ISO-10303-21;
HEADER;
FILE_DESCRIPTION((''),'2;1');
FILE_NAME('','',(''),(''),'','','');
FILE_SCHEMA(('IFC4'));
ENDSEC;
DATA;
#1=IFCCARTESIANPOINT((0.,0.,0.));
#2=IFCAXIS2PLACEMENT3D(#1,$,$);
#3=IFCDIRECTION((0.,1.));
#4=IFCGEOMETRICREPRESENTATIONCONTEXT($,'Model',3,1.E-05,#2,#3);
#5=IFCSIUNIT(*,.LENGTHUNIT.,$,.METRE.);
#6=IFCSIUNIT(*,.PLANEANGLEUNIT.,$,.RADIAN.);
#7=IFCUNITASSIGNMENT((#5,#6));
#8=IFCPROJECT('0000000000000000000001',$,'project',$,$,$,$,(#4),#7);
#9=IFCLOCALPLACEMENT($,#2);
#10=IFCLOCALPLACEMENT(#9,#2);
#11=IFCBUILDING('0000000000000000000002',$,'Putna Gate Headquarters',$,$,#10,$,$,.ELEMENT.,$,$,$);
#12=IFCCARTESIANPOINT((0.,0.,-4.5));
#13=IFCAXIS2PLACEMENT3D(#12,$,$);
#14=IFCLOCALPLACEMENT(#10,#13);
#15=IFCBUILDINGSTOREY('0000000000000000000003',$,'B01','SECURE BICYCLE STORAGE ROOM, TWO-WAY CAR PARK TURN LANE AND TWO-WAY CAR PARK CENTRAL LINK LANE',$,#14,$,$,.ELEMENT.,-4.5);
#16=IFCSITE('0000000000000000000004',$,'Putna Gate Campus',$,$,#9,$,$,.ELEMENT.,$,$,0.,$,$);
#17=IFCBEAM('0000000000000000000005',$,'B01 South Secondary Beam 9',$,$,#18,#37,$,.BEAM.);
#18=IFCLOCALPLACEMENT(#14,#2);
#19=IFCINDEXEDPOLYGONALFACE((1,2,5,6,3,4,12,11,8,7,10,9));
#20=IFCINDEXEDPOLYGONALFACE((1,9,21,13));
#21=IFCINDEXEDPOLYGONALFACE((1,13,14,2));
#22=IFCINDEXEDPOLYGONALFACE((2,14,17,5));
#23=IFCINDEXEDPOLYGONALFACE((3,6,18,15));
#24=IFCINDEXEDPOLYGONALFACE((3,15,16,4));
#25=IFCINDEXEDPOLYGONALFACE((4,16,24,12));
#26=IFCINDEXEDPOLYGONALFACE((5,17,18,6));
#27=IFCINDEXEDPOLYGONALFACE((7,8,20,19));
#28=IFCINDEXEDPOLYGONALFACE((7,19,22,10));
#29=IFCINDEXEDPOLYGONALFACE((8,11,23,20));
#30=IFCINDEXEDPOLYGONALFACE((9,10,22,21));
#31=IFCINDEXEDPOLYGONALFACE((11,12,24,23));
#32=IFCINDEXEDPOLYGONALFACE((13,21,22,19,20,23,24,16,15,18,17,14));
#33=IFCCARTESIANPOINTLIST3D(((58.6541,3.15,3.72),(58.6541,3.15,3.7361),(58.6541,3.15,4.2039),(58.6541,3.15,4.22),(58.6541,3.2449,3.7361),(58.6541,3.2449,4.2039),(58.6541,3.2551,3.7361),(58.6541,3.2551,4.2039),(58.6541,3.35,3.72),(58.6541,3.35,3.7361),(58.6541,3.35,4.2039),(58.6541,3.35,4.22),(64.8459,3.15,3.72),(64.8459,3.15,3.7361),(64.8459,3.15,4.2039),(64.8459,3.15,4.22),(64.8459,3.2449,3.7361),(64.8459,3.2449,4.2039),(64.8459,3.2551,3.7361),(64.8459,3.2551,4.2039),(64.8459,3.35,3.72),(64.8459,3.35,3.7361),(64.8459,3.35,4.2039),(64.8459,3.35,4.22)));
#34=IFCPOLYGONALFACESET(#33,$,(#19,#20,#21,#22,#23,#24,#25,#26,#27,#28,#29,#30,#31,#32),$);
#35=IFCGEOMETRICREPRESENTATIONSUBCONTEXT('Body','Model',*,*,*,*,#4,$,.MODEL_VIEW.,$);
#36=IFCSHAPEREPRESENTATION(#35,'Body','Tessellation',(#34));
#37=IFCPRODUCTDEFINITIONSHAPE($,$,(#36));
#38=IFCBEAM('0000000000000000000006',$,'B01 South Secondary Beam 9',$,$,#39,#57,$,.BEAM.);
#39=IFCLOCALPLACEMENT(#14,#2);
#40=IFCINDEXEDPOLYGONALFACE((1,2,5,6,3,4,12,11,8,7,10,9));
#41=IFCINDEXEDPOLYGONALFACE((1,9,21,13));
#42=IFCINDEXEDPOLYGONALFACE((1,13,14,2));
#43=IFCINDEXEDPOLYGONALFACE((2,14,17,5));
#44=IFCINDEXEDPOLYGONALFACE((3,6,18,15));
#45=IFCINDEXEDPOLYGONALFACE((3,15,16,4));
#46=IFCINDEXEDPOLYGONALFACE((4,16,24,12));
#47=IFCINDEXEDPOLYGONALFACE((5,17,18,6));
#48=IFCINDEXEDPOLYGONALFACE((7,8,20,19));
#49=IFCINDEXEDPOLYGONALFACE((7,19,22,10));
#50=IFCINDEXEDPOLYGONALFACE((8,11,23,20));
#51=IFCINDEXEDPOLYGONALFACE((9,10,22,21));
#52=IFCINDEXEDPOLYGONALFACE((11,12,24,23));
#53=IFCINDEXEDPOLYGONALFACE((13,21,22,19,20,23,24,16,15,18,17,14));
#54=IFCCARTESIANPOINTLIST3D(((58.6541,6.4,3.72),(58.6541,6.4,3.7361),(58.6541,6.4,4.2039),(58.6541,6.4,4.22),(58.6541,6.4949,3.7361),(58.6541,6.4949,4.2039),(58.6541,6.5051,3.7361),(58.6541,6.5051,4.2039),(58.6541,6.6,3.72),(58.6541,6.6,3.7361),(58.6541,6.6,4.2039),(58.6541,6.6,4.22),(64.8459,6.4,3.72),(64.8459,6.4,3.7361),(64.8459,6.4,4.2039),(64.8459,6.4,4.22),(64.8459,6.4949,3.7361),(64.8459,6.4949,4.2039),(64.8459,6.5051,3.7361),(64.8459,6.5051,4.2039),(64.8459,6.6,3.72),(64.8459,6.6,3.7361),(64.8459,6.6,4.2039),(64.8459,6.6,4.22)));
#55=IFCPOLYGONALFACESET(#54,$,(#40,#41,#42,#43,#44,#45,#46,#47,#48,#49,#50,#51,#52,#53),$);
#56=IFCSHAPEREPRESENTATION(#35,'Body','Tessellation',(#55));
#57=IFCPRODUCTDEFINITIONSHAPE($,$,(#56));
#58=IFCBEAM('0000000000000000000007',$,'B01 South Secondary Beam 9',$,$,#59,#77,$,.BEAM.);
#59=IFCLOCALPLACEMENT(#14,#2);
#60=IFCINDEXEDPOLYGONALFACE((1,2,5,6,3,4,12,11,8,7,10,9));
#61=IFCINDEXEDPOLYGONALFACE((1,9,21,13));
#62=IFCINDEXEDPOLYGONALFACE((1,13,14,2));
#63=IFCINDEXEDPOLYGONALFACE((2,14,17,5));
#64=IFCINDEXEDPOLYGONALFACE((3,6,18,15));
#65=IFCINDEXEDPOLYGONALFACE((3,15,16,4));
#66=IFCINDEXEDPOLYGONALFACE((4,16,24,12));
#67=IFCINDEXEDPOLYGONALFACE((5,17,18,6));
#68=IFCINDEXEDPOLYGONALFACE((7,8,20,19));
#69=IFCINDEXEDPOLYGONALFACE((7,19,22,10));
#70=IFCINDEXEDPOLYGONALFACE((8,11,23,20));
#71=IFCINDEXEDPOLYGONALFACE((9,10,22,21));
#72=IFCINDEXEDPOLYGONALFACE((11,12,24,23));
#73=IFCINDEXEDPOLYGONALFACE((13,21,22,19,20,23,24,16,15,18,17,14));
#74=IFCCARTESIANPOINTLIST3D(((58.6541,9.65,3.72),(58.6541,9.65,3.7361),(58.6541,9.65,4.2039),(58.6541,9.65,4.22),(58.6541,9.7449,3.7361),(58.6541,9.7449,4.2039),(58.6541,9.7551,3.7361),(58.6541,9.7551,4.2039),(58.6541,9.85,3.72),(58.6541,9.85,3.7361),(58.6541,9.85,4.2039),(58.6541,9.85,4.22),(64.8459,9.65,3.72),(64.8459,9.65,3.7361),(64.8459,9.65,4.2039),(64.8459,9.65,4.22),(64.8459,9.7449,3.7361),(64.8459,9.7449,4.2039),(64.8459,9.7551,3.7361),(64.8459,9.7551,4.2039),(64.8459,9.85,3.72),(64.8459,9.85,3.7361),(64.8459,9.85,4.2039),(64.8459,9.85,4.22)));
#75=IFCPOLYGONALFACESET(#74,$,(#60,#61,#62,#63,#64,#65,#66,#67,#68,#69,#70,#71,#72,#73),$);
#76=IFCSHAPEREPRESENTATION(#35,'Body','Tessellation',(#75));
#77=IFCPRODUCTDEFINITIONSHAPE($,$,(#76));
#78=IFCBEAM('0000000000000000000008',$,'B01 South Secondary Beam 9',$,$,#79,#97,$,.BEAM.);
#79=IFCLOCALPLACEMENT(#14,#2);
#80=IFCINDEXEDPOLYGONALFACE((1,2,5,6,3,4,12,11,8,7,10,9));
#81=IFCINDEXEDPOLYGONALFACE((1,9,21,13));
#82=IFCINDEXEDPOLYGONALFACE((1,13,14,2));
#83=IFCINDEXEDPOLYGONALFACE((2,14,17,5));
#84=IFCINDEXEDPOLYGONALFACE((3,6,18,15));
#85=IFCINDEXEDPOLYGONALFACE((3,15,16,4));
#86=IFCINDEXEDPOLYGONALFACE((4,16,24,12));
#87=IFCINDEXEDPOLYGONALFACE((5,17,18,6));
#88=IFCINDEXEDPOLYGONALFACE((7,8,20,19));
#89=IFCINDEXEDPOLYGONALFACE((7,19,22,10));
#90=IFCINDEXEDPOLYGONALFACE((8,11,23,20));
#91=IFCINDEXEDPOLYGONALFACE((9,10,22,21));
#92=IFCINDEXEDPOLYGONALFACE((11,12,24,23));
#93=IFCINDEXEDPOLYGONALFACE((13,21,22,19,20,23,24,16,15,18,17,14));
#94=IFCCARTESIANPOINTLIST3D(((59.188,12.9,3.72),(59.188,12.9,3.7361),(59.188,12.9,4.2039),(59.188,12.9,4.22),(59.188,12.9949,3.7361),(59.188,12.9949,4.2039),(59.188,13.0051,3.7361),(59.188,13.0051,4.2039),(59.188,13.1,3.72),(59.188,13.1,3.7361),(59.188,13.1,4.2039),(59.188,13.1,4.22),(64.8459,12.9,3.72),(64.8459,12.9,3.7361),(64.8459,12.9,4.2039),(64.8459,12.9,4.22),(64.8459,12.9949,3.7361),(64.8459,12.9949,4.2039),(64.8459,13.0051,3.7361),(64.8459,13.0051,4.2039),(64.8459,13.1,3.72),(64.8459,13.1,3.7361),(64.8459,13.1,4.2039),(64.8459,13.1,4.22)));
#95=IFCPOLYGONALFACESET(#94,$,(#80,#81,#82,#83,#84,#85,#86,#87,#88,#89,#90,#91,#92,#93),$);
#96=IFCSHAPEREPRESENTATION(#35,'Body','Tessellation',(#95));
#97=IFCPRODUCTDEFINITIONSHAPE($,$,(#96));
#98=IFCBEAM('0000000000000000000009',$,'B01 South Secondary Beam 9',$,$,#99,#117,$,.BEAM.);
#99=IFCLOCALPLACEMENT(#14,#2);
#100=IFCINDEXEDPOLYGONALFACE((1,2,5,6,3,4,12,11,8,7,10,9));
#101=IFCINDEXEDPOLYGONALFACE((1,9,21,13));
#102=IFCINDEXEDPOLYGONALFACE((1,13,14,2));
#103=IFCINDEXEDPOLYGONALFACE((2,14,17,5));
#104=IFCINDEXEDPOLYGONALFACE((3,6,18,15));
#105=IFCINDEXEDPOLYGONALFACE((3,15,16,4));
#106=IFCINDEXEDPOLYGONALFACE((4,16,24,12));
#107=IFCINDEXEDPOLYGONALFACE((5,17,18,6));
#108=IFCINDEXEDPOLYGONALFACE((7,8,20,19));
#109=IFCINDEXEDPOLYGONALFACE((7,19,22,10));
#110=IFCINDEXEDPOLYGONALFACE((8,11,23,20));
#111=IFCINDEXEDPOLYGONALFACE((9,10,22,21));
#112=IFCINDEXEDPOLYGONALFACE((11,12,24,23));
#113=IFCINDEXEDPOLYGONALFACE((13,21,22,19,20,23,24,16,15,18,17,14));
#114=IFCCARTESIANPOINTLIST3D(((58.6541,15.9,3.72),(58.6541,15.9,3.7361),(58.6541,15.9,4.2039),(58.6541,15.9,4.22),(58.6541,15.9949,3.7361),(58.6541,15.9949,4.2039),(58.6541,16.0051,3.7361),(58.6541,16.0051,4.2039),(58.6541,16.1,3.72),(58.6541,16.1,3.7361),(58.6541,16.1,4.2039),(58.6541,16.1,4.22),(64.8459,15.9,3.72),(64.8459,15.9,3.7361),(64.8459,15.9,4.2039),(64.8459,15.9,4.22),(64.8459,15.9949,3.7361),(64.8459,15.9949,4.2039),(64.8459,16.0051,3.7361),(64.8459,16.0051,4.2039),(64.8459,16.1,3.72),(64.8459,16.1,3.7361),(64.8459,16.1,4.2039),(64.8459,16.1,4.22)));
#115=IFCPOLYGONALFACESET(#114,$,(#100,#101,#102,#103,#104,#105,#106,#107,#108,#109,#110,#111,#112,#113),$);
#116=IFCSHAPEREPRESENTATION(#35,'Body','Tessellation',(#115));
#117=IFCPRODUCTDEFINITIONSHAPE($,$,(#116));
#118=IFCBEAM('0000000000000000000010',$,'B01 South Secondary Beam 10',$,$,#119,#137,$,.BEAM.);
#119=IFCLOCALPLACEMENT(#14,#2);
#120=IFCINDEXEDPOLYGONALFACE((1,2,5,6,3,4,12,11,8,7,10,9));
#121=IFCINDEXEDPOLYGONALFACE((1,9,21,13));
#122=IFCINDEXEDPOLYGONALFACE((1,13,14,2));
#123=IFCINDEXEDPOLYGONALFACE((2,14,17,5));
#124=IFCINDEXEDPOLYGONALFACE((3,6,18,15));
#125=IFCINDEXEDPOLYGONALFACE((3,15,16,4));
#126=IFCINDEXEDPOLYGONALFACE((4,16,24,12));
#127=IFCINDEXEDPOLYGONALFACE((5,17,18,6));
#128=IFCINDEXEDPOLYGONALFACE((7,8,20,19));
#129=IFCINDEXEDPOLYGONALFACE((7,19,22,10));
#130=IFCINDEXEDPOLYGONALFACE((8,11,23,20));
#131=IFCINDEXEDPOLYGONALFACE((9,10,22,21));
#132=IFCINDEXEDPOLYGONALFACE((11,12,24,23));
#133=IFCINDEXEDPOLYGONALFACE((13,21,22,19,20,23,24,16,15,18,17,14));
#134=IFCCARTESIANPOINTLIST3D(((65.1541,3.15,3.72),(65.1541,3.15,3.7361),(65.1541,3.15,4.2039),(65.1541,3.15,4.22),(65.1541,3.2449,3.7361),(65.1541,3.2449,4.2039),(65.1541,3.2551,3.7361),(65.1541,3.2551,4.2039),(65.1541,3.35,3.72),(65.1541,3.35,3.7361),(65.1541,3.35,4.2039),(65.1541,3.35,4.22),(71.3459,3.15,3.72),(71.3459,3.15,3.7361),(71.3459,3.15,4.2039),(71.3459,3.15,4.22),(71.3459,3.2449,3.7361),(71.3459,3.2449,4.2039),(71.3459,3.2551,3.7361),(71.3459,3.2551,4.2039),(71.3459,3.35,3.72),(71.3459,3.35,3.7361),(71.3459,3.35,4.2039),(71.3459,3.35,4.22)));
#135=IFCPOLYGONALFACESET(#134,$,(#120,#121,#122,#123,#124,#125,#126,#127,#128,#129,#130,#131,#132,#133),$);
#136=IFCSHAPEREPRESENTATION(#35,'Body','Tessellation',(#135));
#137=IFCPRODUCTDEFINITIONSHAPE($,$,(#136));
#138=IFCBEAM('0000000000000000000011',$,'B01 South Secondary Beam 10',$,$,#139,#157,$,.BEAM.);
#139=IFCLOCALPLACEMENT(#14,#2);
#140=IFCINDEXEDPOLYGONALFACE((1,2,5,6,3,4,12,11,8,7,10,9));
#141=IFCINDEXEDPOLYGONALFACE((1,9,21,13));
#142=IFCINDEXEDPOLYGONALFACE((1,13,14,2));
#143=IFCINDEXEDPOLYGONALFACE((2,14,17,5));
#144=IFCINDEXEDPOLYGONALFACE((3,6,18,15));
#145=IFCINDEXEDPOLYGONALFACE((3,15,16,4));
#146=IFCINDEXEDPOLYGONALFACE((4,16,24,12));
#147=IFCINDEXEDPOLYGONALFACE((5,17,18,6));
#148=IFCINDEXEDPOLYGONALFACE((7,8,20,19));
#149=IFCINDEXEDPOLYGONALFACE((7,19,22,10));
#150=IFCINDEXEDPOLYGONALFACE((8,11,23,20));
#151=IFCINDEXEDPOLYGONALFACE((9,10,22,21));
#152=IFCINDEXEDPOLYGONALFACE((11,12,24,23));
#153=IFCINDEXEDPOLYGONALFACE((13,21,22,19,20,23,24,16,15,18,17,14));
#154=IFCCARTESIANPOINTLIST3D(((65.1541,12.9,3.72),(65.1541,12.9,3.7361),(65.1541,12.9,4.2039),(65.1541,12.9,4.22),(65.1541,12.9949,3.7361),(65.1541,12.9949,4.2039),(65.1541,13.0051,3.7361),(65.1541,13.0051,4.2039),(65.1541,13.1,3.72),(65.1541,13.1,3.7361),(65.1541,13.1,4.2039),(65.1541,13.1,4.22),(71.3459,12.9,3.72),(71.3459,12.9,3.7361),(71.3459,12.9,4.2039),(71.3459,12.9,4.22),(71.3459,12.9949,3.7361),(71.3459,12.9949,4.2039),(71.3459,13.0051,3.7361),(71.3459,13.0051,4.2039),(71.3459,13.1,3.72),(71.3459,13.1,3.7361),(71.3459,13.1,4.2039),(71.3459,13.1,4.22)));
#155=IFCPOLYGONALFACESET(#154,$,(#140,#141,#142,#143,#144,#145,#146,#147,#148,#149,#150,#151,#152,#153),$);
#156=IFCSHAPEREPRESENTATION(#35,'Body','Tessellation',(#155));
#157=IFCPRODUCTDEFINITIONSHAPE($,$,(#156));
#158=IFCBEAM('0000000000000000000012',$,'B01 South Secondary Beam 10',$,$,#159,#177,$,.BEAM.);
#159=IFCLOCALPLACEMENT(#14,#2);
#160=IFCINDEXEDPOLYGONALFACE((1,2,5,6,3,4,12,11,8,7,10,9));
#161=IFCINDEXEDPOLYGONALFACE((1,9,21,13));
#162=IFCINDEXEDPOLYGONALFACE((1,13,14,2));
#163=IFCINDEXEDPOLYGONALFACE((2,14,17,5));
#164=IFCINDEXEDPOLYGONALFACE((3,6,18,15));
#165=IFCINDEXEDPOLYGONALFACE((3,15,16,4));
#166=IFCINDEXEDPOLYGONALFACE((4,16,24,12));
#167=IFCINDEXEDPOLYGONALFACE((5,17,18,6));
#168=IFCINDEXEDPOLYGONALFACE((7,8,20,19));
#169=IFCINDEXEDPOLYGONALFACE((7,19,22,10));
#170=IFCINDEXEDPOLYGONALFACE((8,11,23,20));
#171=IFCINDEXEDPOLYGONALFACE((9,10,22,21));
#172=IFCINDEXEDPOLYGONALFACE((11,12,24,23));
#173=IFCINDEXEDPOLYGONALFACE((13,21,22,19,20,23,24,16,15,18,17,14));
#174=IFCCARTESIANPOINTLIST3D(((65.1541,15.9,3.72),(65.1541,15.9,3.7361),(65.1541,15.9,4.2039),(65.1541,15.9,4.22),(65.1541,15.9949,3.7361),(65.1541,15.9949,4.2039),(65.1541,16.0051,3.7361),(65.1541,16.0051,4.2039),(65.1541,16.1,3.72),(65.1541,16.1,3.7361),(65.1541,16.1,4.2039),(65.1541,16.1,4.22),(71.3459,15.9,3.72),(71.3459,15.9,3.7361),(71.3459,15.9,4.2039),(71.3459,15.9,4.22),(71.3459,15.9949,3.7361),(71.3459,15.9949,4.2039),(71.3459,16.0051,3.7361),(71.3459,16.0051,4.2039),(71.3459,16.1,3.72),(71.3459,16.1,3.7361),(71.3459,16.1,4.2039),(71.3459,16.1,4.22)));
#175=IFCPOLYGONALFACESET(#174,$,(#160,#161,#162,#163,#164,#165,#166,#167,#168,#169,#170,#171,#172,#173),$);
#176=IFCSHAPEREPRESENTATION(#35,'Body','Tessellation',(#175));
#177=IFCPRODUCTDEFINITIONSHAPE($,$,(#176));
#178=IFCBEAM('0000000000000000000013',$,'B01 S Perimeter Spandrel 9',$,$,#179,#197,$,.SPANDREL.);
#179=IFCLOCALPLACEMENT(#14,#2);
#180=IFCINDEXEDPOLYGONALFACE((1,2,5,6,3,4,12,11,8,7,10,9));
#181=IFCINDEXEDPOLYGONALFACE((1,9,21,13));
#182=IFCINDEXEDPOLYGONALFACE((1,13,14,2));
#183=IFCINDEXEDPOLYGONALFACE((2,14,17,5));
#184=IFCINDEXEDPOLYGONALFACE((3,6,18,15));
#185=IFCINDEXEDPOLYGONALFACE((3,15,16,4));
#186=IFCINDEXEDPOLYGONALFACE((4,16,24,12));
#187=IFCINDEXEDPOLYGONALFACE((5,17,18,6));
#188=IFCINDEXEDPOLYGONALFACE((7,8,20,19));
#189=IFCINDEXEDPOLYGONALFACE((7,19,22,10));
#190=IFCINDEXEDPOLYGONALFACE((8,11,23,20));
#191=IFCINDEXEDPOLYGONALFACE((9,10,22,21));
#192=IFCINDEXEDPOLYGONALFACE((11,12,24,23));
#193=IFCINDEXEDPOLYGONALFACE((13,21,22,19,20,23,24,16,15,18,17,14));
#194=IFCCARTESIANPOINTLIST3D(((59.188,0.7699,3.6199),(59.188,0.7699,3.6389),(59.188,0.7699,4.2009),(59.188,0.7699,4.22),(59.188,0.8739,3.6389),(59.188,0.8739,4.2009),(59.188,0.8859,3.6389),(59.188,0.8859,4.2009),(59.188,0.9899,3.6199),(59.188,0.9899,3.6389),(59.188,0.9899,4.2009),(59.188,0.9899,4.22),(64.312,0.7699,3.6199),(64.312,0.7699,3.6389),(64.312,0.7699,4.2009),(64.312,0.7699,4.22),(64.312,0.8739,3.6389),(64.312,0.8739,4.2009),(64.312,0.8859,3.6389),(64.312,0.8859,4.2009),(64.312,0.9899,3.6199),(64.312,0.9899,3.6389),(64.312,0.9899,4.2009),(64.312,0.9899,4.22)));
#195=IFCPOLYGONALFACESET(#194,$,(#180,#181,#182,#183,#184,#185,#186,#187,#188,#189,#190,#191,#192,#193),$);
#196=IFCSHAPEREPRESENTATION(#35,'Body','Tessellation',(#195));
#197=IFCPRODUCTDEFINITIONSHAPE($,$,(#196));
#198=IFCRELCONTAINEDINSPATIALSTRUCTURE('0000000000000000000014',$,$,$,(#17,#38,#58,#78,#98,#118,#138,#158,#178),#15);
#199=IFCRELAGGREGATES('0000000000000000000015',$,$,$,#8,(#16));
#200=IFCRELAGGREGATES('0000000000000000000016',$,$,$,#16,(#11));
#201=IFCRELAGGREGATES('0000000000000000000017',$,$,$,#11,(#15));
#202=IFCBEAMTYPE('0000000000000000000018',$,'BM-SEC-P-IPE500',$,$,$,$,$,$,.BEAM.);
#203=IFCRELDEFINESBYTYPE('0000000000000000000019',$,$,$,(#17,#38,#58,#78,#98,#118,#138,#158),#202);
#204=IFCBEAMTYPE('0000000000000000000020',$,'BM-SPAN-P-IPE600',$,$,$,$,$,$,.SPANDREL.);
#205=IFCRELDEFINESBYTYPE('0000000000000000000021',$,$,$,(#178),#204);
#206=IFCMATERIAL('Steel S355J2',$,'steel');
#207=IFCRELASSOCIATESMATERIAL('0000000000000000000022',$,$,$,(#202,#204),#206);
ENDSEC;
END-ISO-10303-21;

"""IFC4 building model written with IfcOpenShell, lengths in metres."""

from ifc_helpers import new_model, si_unit, direction, frame, origin, origin_2d, place, context, subcontext, project, spatial, i_section, extrude, material, material_profile, profile_set, type_object, element, save


model = new_model("IFC4")

# Units and contexts
model_context = context("Model", 3, precision=1e-05, world=origin(), true_north=direction((0.0, 1.0)))
body_context = subcontext(model_context, "Body", "Model", "MODEL_VIEW")
ifc_project = project(units=[si_unit("LENGTHUNIT", "METRE"), si_unit("PLANEANGLEUNIT", "RADIAN")], contexts=[model_context])

# Site, building, storey
site_placement = place(None, origin())
site = spatial("IfcSite", under=ifc_project, at=site_placement, Name="Putna Gate Campus", CompositionType="ELEMENT", RefElevation=0.0)
building_placement = place(site_placement, origin())
building = spatial("IfcBuilding", under=site, at=building_placement, Name="Putna Gate Headquarters", CompositionType="ELEMENT")
storey_placement = place(building_placement, frame((0.0, 0.0, -4.5)))
storey = spatial("IfcBuildingStorey", under=building, at=storey_placement, Name="B01", Description="SECURE BICYCLE STORAGE ROOM, TWO-WAY CAR PARK TURN LANE AND TWO-WAY CAR PARK CENTRAL LINK LANE", CompositionType="ELEMENT", Elevation=-4.5)

# Beams
ifc_material_1 = material(Name="Steel S355J2", Category="steel")
ifc_material_profile_1 = material_profile(ifc_material_1, i_section(OverallWidth=0.2, OverallDepth=0.5, WebThickness=0.0103, FlangeThickness=0.0161, at=origin_2d()), Name="Steel S355J2")
ifc_profile_set_1 = profile_set([ifc_material_profile_1], Name="Steel S355J2")
beam_type_1 = type_object("IfcBeamType", Name="BM-SEC-P-IPE500", PredefinedType="BEAM", material=ifc_profile_set_1)
for number, where, z_axis, x_axis, name in (
    (1, (58.6541, 3.25, 3.97), (1.0, 0.0, 0.0), (0.0, 1.0, 0.0), "B01 South Secondary Beam 9"),
    (2, (58.6541, 6.5, 3.97), (1.0, 0.0, 0.0), (0.0, 1.0, 0.0), "B01 South Secondary Beam 9"),
    (3, (58.6541, 9.75, 3.97), (1.0, 0.0, 0.0), (0.0, 1.0, 0.0), "B01 South Secondary Beam 9"),
):
    element("IfcBeam", number, at=place(storey_placement, frame(where, z_axis=z_axis, x_axis=x_axis)), inside=storey, type_object=beam_type_1, Name=name, PredefinedType="BEAM", context=body_context, shape_type="SweptSolid", body=[
        extrude(i_section(OverallWidth=0.2, OverallDepth=0.5, WebThickness=0.0103, FlangeThickness=0.0161, at=origin_2d()), origin(), (0.0, 0.0, 1.0), 6.1919),
    ])
beam_1_placement = place(storey_placement, frame((59.188, 13.0, 3.97), z_axis=(1.0, 0.0, 0.0), x_axis=(0.0, 1.0, 0.0)))
element("IfcBeam", 4, at=beam_1_placement, inside=storey, type_object=beam_type_1, Name="B01 South Secondary Beam 9", PredefinedType="BEAM", context=body_context, shape_type="SweptSolid", body=[
    extrude(i_section(OverallWidth=0.2, OverallDepth=0.5, WebThickness=0.0103, FlangeThickness=0.0161, at=origin_2d()), origin(), (0.0, 0.0, 1.0), 5.658),
])
for number, where, z_axis, x_axis, name in (
    (5, (58.6541, 16.0, 3.97), (1.0, 0.0, 0.0), (0.0, 1.0, 0.0), "B01 South Secondary Beam 9"),
    (6, (65.1541, 3.25, 3.97), (1.0, 0.0, 0.0), (0.0, 1.0, 0.0), "B01 South Secondary Beam 10"),
    (7, (65.1541, 13.0, 3.97), (1.0, 0.0, 0.0), (0.0, 1.0, 0.0), "B01 South Secondary Beam 10"),
    (8, (65.1541, 16.0, 3.97), (1.0, 0.0, 0.0), (0.0, 1.0, 0.0), "B01 South Secondary Beam 10"),
):
    element("IfcBeam", number, at=place(storey_placement, frame(where, z_axis=z_axis, x_axis=x_axis)), inside=storey, type_object=beam_type_1, Name=name, PredefinedType="BEAM", context=body_context, shape_type="SweptSolid", body=[
        extrude(i_section(OverallWidth=0.2, OverallDepth=0.5, WebThickness=0.0103, FlangeThickness=0.0161, at=origin_2d()), origin(), (0.0, 0.0, 1.0), 6.1919),
    ])
ifc_material_profile_2 = material_profile(ifc_material_1, i_section(OverallWidth=0.22, OverallDepth=0.6001, WebThickness=0.012, FlangeThickness=0.019, at=origin_2d()), Name="Steel S355J2")
ifc_profile_set_2 = profile_set([ifc_material_profile_2], Name="Steel S355J2")
beam_type_2 = type_object("IfcBeamType", Name="BM-SPAN-P-IPE600", PredefinedType="SPANDREL", material=ifc_profile_set_2)
for number, where, z_axis, x_axis, name in (
    (9, (59.188, 0.8799, 3.9199), (1.0, 0.0, 0.0), (0.0, 1.0, 0.0), "B01 S Perimeter Spandrel 9"),
):
    element("IfcBeam", number, at=place(storey_placement, frame(where, z_axis=z_axis, x_axis=x_axis)), inside=storey, type_object=beam_type_2, Name=name, PredefinedType="SPANDREL", context=body_context, shape_type="SweptSolid", body=[
        extrude(i_section(OverallWidth=0.22, OverallDepth=0.6001, WebThickness=0.012, FlangeThickness=0.019, at=origin_2d()), origin(), (0.0, 0.0, 1.0), 5.124),
    ])

save(model, "model.ifc")
